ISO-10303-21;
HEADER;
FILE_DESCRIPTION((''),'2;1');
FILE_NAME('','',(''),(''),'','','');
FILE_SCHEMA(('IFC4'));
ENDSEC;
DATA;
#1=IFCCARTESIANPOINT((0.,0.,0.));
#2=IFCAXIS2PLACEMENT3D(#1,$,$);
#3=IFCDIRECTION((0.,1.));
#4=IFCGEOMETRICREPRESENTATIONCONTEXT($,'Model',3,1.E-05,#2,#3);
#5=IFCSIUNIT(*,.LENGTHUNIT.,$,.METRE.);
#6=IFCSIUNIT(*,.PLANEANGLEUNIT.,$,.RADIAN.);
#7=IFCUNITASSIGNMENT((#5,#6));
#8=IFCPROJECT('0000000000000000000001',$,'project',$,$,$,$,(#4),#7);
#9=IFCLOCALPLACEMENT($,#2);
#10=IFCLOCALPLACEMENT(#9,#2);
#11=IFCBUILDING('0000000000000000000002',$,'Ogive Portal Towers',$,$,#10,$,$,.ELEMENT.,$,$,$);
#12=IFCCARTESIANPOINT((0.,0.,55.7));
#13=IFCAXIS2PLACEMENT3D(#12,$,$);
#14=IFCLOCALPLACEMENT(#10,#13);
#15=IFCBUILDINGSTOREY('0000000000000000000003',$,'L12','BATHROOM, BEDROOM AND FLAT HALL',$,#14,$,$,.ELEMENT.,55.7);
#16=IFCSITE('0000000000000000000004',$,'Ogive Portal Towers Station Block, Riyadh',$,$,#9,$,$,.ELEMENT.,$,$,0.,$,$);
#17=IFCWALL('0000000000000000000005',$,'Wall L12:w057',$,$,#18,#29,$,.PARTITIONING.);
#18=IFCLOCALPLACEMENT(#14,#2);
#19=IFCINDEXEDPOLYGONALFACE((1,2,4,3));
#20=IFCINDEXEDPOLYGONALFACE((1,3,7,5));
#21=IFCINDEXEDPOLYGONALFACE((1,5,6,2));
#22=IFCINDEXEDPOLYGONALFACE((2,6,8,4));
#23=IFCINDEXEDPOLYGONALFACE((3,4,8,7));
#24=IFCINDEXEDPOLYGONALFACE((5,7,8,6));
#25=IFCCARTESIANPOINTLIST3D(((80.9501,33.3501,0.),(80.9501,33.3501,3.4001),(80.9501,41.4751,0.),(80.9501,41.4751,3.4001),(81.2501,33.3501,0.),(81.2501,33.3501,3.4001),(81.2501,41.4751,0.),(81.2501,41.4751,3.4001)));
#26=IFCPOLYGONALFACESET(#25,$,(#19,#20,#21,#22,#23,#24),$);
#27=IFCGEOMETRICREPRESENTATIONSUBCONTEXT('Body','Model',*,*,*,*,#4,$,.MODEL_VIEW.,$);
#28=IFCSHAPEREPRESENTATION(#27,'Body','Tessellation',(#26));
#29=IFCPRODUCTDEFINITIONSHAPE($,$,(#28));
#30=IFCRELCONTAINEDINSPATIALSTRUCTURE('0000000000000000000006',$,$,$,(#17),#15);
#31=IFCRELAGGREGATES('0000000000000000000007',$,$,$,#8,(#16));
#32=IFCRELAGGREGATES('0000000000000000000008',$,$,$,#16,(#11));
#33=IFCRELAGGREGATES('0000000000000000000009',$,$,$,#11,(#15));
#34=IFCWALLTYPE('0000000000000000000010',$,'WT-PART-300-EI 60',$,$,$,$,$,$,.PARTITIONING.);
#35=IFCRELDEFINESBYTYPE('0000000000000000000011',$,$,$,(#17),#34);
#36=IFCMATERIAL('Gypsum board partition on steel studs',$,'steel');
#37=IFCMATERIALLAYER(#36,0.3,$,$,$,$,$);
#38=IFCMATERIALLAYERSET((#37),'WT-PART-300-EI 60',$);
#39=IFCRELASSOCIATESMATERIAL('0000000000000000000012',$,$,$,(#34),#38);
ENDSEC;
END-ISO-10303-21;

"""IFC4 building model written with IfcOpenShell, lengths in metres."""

from ifc_helpers import new_model, si_unit, direction, frame, frame_2d, origin, place, context, subcontext, project, spatial, rectangle, extrude, material, layer, layer_set, type_object, element, save


model = new_model("IFC4")

# Units and contexts
model_context = context("Model", 3, precision=1e-05, world=origin(), true_north=direction((0.0, 1.0)))
body_context = subcontext(model_context, "Body", "Model", "MODEL_VIEW")
ifc_project = project(units=[si_unit("LENGTHUNIT", "METRE"), si_unit("PLANEANGLEUNIT", "RADIAN")], contexts=[model_context])

# Site, building, storey
site_placement = place(None, origin())
site = spatial("IfcSite", under=ifc_project, at=site_placement, Name="Ogive Portal Towers Station Block, Riyadh", CompositionType="ELEMENT", RefElevation=0.0)
building_placement = place(site_placement, origin())
building = spatial("IfcBuilding", under=site, at=building_placement, Name="Ogive Portal Towers", CompositionType="ELEMENT")
storey_placement = place(building_placement, frame((0.0, 0.0, 55.7)))
storey = spatial("IfcBuildingStorey", under=building, at=storey_placement, Name="L12", Description="BATHROOM, BEDROOM AND FLAT HALL", CompositionType="ELEMENT", Elevation=55.7)

# Shared definitions
ifc_material_1 = material(Name="Gypsum board partition on steel studs", Category="steel")
ifc_layer_1 = layer(ifc_material_1, 0.3)
ifc_layer_set_1 = layer_set([ifc_layer_1], Name="WT-PART-300-EI 60")
wall_type_1 = type_object("IfcWallType", Name="WT-PART-300-EI 60", PredefinedType="PARTITIONING", material=ifc_layer_set_1)

# Wall
for number, where, z_axis, x_axis, name in (
    (1, (81.1001, 33.3501, 0.0), (0.0, 0.0, 1.0), (0.0, 1.0, 0.0), "Wall L12:w057"),
):
    element("IfcWall", number, at=place(storey_placement, frame(where, z_axis=z_axis, x_axis=x_axis)), inside=storey, type_object=wall_type_1, Name=name, PredefinedType="PARTITIONING", context=body_context, shape_type="SweptSolid", body=[
        extrude(rectangle(XDim=8.125, YDim=0.3, at=frame_2d((4.0625, 0.0))), origin(), (0.0, 0.0, 1.0), 3.4001),
    ])

save(model, "model.ifc")
